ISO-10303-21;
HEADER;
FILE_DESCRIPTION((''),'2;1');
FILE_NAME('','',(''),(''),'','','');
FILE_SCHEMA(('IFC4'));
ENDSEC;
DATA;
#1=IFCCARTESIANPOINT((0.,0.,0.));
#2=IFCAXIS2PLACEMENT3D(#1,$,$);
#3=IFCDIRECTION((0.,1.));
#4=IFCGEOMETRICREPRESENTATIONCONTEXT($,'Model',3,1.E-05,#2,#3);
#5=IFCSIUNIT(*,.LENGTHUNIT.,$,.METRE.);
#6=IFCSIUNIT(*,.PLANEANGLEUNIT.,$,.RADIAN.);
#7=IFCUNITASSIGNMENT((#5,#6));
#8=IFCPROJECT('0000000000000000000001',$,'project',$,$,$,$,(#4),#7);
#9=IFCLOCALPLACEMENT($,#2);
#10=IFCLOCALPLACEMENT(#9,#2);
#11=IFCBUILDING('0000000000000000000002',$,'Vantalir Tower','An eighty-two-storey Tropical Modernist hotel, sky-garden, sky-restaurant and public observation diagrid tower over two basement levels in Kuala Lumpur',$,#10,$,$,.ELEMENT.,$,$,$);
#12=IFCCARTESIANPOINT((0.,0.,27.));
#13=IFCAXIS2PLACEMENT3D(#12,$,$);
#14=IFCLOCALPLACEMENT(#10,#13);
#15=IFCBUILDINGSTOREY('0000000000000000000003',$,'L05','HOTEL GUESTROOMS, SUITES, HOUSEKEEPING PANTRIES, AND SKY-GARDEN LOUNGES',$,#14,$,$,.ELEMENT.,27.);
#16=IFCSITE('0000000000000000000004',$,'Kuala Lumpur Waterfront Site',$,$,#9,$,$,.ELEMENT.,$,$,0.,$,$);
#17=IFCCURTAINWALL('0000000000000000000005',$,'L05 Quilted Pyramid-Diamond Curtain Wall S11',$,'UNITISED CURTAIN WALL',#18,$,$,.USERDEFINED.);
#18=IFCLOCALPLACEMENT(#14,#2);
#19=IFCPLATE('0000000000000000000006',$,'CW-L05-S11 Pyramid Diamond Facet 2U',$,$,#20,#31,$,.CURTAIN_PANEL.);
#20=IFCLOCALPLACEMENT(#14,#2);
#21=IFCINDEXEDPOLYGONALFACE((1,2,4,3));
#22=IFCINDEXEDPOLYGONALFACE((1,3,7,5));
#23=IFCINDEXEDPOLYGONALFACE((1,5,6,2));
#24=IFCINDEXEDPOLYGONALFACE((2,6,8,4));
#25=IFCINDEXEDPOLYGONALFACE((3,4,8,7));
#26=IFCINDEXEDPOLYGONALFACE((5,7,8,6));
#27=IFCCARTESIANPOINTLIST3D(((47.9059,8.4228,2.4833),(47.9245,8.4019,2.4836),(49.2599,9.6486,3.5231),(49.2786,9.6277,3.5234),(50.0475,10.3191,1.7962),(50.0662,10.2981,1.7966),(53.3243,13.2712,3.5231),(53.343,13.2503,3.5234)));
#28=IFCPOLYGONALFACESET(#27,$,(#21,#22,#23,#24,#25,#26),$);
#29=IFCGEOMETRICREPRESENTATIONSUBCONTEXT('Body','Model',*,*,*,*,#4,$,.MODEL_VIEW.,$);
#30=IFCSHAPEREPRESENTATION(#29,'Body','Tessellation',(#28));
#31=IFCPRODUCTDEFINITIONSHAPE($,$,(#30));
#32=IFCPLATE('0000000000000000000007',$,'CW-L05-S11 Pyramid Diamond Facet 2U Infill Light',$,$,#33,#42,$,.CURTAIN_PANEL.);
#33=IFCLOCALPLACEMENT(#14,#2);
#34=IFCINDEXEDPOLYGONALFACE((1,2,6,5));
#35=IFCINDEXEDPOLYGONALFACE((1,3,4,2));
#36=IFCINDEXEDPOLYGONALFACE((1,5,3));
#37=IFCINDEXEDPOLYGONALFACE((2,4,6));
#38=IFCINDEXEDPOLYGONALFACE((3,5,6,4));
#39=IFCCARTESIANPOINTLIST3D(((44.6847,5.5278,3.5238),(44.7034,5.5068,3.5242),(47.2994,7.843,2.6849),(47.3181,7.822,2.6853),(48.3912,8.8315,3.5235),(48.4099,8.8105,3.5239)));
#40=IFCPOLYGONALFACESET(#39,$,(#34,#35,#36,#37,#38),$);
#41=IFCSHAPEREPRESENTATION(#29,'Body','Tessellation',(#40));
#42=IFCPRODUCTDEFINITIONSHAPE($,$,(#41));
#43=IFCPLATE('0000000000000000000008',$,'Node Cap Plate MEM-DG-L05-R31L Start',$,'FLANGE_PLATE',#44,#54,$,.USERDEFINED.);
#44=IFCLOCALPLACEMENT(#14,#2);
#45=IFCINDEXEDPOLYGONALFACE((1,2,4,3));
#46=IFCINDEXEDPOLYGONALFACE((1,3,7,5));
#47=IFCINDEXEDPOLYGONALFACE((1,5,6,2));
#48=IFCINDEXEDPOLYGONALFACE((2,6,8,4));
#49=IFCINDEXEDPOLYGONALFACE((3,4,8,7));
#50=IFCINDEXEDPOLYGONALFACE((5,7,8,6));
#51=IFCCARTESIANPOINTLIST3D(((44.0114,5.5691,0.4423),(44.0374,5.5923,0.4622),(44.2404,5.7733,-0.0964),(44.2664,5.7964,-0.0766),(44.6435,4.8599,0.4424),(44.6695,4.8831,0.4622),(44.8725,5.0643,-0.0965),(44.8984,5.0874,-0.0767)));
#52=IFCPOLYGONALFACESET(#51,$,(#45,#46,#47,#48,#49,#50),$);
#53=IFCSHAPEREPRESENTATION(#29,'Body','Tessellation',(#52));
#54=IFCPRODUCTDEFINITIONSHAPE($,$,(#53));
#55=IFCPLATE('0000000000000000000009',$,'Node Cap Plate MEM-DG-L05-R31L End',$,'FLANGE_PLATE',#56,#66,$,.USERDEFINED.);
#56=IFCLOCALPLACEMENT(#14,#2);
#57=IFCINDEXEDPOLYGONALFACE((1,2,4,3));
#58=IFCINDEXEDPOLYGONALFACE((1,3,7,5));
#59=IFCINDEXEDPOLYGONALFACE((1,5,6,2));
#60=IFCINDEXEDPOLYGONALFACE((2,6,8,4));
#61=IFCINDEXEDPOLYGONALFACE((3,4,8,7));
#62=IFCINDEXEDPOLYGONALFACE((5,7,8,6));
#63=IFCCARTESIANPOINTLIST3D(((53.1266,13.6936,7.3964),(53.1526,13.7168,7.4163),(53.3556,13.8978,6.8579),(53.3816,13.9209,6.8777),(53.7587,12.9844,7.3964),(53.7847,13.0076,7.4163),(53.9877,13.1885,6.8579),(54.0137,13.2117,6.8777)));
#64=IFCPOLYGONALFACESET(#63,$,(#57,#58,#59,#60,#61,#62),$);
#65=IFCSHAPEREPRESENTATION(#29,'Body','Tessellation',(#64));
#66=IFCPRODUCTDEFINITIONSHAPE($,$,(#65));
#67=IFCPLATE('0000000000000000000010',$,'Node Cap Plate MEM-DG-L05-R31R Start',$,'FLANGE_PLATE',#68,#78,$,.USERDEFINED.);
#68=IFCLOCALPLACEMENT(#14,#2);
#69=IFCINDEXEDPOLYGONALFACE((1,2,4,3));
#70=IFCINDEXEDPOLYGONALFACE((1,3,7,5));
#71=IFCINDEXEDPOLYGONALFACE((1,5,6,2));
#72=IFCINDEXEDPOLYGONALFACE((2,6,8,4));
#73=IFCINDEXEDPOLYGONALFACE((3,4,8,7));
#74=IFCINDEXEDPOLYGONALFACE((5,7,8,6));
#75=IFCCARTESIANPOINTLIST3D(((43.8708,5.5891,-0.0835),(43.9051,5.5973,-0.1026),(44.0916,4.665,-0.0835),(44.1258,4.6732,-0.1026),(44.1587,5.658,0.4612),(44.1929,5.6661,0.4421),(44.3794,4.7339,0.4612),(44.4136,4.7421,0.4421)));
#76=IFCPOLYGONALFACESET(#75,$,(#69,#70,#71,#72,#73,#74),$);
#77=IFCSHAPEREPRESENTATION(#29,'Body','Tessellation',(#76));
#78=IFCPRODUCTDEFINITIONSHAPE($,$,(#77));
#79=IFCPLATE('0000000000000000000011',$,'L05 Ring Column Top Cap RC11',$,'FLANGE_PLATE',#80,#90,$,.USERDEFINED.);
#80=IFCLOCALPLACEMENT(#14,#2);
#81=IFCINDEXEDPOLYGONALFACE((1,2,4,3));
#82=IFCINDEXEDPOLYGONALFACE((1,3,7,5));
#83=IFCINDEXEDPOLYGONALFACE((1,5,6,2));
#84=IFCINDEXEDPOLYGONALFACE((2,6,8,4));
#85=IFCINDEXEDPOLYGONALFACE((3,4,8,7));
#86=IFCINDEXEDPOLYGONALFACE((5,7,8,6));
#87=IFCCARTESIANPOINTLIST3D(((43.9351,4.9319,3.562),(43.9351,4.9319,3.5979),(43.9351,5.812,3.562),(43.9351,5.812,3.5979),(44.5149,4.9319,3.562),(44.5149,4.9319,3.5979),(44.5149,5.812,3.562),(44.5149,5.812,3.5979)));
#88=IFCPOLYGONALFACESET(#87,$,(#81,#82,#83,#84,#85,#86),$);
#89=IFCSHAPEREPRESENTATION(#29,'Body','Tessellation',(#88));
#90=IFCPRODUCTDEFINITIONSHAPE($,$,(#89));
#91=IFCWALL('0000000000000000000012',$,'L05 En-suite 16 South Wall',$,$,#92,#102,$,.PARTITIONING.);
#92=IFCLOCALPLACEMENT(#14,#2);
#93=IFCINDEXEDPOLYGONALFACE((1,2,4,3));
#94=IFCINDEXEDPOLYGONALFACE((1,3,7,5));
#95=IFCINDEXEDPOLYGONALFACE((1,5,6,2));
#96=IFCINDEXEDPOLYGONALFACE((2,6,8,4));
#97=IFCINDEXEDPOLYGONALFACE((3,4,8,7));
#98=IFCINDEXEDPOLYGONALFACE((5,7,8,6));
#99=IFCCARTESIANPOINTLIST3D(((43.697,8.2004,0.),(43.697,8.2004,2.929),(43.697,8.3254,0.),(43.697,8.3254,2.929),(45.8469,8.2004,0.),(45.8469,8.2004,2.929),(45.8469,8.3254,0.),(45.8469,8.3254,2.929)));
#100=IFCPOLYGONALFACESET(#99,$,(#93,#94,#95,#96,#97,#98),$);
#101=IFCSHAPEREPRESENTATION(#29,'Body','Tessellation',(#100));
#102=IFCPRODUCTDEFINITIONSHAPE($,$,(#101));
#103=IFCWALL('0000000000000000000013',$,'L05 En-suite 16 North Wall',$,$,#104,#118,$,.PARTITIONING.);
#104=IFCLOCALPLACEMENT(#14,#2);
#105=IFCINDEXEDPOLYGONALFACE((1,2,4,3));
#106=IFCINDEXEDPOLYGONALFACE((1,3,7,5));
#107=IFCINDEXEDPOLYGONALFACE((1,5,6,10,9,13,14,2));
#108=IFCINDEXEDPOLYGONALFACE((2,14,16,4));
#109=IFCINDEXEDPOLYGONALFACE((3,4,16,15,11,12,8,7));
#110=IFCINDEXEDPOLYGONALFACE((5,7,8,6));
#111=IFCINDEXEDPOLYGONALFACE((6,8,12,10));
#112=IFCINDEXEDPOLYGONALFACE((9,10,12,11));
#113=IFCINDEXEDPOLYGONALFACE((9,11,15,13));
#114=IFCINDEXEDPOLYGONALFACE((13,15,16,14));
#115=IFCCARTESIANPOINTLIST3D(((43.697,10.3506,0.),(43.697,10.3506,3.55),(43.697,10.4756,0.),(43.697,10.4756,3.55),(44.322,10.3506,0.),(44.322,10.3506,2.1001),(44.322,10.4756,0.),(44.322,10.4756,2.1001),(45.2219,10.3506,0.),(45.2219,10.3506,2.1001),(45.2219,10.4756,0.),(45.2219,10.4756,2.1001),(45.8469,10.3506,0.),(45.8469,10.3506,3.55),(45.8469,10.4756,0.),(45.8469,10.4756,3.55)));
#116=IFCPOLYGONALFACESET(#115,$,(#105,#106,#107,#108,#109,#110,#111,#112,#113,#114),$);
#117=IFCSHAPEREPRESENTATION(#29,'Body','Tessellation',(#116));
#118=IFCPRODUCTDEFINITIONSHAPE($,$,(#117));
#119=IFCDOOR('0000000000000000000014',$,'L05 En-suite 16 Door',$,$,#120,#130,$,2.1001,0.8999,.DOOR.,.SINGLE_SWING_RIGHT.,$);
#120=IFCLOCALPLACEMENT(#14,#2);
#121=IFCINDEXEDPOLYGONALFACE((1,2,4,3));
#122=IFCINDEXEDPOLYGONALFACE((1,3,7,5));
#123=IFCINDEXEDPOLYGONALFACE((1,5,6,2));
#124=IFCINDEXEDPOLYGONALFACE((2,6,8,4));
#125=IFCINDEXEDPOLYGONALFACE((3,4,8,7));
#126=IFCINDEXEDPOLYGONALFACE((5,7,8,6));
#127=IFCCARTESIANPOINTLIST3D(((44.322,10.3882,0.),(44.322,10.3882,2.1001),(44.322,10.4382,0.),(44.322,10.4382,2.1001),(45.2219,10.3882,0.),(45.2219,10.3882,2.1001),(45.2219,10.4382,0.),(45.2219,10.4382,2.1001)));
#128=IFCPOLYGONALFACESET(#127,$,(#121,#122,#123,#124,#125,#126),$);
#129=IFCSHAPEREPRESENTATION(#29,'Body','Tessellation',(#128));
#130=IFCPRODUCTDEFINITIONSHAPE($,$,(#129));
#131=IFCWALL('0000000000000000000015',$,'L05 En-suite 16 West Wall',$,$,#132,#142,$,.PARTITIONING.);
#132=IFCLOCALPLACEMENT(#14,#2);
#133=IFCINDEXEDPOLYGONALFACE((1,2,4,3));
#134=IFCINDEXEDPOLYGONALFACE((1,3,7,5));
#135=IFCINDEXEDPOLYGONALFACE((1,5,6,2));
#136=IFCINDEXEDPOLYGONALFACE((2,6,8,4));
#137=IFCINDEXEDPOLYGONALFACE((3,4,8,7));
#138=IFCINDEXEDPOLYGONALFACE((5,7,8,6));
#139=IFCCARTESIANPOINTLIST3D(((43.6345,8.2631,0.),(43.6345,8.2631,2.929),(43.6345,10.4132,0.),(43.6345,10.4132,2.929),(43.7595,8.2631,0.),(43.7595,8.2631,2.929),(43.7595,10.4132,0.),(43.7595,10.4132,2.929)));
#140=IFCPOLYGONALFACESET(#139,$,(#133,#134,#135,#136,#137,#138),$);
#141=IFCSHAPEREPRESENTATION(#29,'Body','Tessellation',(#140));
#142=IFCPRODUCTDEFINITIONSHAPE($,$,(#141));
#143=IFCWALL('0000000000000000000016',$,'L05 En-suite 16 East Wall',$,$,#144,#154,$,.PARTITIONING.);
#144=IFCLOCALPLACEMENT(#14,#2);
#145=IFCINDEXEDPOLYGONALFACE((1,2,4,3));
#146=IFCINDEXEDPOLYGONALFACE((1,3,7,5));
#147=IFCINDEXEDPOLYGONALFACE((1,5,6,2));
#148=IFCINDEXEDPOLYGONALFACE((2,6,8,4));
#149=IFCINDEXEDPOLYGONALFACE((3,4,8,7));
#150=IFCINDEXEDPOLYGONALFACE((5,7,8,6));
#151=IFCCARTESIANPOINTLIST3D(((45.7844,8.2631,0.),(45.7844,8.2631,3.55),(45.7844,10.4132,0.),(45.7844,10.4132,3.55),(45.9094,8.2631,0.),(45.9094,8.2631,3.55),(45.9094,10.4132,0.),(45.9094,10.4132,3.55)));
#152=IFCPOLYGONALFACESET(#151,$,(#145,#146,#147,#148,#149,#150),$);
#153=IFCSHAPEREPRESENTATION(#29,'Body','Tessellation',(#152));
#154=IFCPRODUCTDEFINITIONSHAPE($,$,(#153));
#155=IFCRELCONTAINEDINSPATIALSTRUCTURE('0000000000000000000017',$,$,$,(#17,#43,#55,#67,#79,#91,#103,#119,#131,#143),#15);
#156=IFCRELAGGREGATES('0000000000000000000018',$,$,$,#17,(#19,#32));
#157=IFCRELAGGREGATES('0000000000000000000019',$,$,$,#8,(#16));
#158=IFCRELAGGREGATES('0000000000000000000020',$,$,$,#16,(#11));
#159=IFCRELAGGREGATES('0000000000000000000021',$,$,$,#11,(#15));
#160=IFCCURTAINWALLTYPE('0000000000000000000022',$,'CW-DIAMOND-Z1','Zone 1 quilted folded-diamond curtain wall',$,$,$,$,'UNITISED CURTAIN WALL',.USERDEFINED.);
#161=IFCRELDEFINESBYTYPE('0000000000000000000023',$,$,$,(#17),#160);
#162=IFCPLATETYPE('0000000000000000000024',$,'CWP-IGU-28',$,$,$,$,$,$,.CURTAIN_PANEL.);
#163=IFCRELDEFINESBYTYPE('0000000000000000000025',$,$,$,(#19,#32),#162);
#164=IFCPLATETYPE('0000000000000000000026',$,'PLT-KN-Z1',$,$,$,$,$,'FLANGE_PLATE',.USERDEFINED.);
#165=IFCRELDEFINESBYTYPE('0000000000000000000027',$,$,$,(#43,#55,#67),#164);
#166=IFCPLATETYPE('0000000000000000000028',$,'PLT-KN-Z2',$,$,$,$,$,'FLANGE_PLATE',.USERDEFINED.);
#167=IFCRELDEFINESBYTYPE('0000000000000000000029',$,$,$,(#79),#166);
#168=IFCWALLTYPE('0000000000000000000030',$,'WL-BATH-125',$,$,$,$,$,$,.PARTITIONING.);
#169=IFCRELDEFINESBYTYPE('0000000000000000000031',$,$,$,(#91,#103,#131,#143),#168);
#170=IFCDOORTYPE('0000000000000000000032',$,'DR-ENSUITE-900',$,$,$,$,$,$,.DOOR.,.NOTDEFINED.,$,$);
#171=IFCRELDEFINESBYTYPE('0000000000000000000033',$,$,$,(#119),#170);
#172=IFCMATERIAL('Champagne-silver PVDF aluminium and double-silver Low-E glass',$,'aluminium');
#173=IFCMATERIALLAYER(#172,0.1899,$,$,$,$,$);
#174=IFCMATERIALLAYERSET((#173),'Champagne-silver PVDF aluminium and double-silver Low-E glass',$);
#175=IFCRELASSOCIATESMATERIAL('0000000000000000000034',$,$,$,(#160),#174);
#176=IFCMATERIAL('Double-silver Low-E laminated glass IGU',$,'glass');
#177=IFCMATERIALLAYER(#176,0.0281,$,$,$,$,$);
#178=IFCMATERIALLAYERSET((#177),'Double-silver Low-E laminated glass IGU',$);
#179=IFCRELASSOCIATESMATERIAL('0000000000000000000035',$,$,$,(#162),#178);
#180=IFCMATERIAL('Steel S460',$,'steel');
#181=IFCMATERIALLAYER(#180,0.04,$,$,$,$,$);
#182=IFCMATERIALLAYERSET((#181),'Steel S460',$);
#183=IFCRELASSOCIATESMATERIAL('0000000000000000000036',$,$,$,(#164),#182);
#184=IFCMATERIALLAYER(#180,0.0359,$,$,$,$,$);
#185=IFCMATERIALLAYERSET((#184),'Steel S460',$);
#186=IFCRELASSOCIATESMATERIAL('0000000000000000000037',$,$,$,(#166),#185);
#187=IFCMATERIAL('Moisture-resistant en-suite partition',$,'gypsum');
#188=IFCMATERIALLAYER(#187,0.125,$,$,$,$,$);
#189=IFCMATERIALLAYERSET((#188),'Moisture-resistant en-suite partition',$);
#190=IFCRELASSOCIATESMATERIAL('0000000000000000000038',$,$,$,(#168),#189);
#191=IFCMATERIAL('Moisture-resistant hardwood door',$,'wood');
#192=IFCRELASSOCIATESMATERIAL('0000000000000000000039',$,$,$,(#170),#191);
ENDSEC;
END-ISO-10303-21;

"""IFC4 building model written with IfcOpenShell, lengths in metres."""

from ifc_helpers import new_model, si_unit, direction, frame, frame_2d, origin, place, context, subcontext, project, spatial, polyline, rectangle, outline, extrude, material, layer, layer_set, type_object, element, fill, aggregate, save


model = new_model("IFC4")

# Units and contexts
model_context = context("Model", 3, precision=1e-05, world=origin(), true_north=direction((0.0, 1.0)))
body_context = subcontext(model_context, "Body", "Model", "MODEL_VIEW")
ifc_project = project(units=[si_unit("LENGTHUNIT", "METRE"), si_unit("PLANEANGLEUNIT", "RADIAN")], contexts=[model_context])

# Site, building, storey
site_placement = place(None, origin())
site = spatial("IfcSite", under=ifc_project, at=site_placement, Name="Kuala Lumpur Waterfront Site", CompositionType="ELEMENT", RefElevation=0.0)
building_placement = place(site_placement, origin())
building = spatial("IfcBuilding", under=site, at=building_placement, Name="Vantalir Tower", Description="An eighty-two-storey Tropical Modernist hotel, sky-garden, sky-restaurant and public observation diagrid tower over two basement levels in Kuala Lumpur", CompositionType="ELEMENT")
storey_placement = place(building_placement, frame((0.0, 0.0, 27.0)))
storey = spatial("IfcBuildingStorey", under=building, at=storey_placement, Name="L05", Description="HOTEL GUESTROOMS, SUITES, HOUSEKEEPING PANTRIES, AND SKY-GARDEN LOUNGES", CompositionType="ELEMENT", Elevation=27.0)

# Shared definitions
ifc_material_1 = material(Name="Steel S460", Category="steel")

# Shared definitions
ifc_material_2 = material(Name="Champagne-silver PVDF aluminium and double-silver Low-E glass", Category="aluminium")
ifc_layer_1 = layer(ifc_material_2, 0.1899)
ifc_layer_set_1 = layer_set([ifc_layer_1], Name="Champagne-silver PVDF aluminium and double-silver Low-E glass")
curtain_wall_type = type_object("IfcCurtainWallType", Name="CW-DIAMOND-Z1", Description="Zone 1 quilted folded-diamond curtain wall", ElementType="UNITISED CURTAIN WALL", PredefinedType="USERDEFINED", material=ifc_layer_set_1)

# Curtain wall
curtain_wall_1_placement = place(storey_placement, origin())
curtain_wall_1 = element("IfcCurtainWall", 1, at=curtain_wall_1_placement, inside=storey, type_object=curtain_wall_type, Name="L05 Quilted Pyramid-Diamond Curtain Wall S11", ObjectType="UNITISED CURTAIN WALL", PredefinedType="USERDEFINED")

# Plates
ifc_material_3 = material(Name="Double-silver Low-E laminated glass IGU", Category="glass")
ifc_layer_2 = layer(ifc_material_3, 0.0281)
ifc_layer_set_2 = layer_set([ifc_layer_2], Name="Double-silver Low-E laminated glass IGU")
plate_type_1 = type_object("IfcPlateType", Name="CWP-IGU-28", PredefinedType="CURTAIN_PANEL", material=ifc_layer_set_2)
plate_1_placement = place(storey_placement, frame((49.2786, 9.6277, 3.5234), z_axis=(0.6653, -0.746451, 0.013644), x_axis=(0.746521, 0.665362, 0.0)))
plate_1 = element("IfcPlate", 2, at=plate_1_placement, type_object=plate_type_1, Name="CW-L05-S11 Pyramid Diamond Facet 2U", PredefinedType="CURTAIN_PANEL", context=body_context, shape_type="SweptSolid", body=[
    extrude(outline(polyline([(0.0, 0.0), (5.4445, 0.0), (1.034, -1.727), (-1.8264, -1.0399), (0.0, 0.0)])), origin(), (0.0, 0.0, -1.0), 0.0281),
])
plate_2_placement = place(storey_placement, frame((44.7034, 5.5068, 3.5242), z_axis=(0.665315, -0.746438, 0.013694), x_axis=(0.746508, 0.665376, -0.000049)))
plate_2 = element("IfcPlate", 3, at=plate_2_placement, type_object=plate_type_1, Name="CW-L05-S11 Pyramid Diamond Facet 2U Infill Light", PredefinedType="CURTAIN_PANEL", context=body_context, shape_type="SweptSolid", body=[
    extrude(outline(polyline([(0.0, 0.0), (4.9652, 0.0), (3.4924, -0.8388), (0.0, 0.0)])), origin(), (0.0, 0.0, -1.0), 0.0281),
])
aggregate(curtain_wall_1, [plate_1, plate_2])

# Plates
ifc_layer_3 = layer(ifc_material_1, 0.04)
ifc_layer_set_3 = layer_set([ifc_layer_3], Name="Steel S460")
plate_type_2 = type_object("IfcPlateType", Name="PLT-KN-Z1", ElementType="FLANGE_PLATE", PredefinedType="USERDEFINED", material=ifc_layer_set_3)
plate_3_placement = place(storey_placement, frame((44.8984, 5.0874, -0.0767), z_axis=(0.64868, 0.578217, 0.494853), x_axis=(-0.665416, 0.746473, 0.000037)))
element("IfcPlate", 4, at=plate_3_placement, inside=storey, type_object=plate_type_2, Name="Node Cap Plate MEM-DG-L05-R31L Start", ObjectType="FLANGE_PLATE", PredefinedType="USERDEFINED", context=body_context, shape_type="SweptSolid", body=[
    extrude(outline(polyline([(0.0, 0.0), (0.9498, 0.0), (0.9499, 0.62), (-0.0001, 0.6201), (0.0, 0.0)])), origin(), (0.0, 0.0, -1.0), 0.04),
])
plate_4_placement = place(storey_placement, frame((54.0137, 13.2117, 6.8777), z_axis=(0.648699, 0.578135, 0.494923), x_axis=(-0.665336, 0.746544, 0.0)))
element("IfcPlate", 5, at=plate_4_placement, inside=storey, type_object=plate_type_2, Name="Node Cap Plate MEM-DG-L05-R31L End", ObjectType="FLANGE_PLATE", PredefinedType="USERDEFINED", context=body_context, shape_type="SweptSolid", body=[
    extrude(outline(polyline([(0.0, 0.0), (0.95, 0.0), (0.95, 0.6198), (0.0, 0.6198), (0.0, 0.0)])), origin(), (0.0, 0.0, -1.0), 0.04),
])
plate_5_placement = place(storey_placement, frame((43.8708, 5.5891, -0.0835), z_axis=(-0.854627, -0.204117, 0.477439), x_axis=(0.232304, -0.972643, 0.0)))
element("IfcPlate", 6, at=plate_5_placement, inside=storey, type_object=plate_type_2, Name="Node Cap Plate MEM-DG-L05-R31R Start", ObjectType="FLANGE_PLATE", PredefinedType="USERDEFINED", context=body_context, shape_type="SweptSolid", body=[
    extrude(outline(polyline([(0.0, 0.0), (0.9501, 0.0), (0.95, 0.6199), (-0.0001, 0.6199), (0.0, 0.0)])), origin(), (0.0, 0.0, -1.0), 0.04),
])
ifc_layer_4 = layer(ifc_material_1, 0.0359)
ifc_layer_set_4 = layer_set([ifc_layer_4], Name="Steel S460")
plate_type_3 = type_object("IfcPlateType", Name="PLT-KN-Z2", ElementType="FLANGE_PLATE", PredefinedType="USERDEFINED", material=ifc_layer_set_4)
plate_6_placement = place(storey_placement, frame((43.9351, 5.812, 3.5979), z_axis=(0.0, 0.0, 1.0), x_axis=(0.0, -1.0, 0.0)))
element("IfcPlate", 7, at=plate_6_placement, inside=storey, type_object=plate_type_3, Name="L05 Ring Column Top Cap RC11", ObjectType="FLANGE_PLATE", PredefinedType="USERDEFINED", context=body_context, shape_type="SweptSolid", body=[
    extrude(outline(polyline([(0.0, 0.0), (0.8801, 0.0), (0.8801, 0.5798), (0.0, 0.5798), (0.0, 0.0)])), origin(), (0.0, 0.0, -1.0), 0.0359),
])

# Wall
ifc_material_4 = material(Name="Moisture-resistant en-suite partition", Category="gypsum")
ifc_layer_5 = layer(ifc_material_4, 0.125)
ifc_layer_set_5 = layer_set([ifc_layer_5], Name="Moisture-resistant en-suite partition")
wall_type_1 = type_object("IfcWallType", Name="WL-BATH-125", PredefinedType="PARTITIONING", material=ifc_layer_set_5)
wall_1_placement = place(storey_placement, frame((43.697, 8.2629, 0.0), z_axis=(0.0, 0.0, 1.0), x_axis=(1.0, 0.0, 0.0)))
element("IfcWall", 8, at=wall_1_placement, inside=storey, type_object=wall_type_1, Name="L05 En-suite 16 South Wall", PredefinedType="PARTITIONING", context=body_context, shape_type="SweptSolid", body=[
    extrude(rectangle(XDim=2.1499, YDim=0.125, at=frame_2d((1.075, 0.0))), origin(), (0.0, 0.0, 1.0), 2.929),
])

# Wall, opening, door
wall_2_placement = place(storey_placement, frame((43.697, 10.4131, 0.0), z_axis=(0.0, 0.0, 1.0), x_axis=(1.0, 0.0, 0.0)))
wall_2 = element("IfcWall", 9, at=wall_2_placement, inside=storey, type_object=wall_type_1, Name="L05 En-suite 16 North Wall", PredefinedType="PARTITIONING", context=body_context, shape_type="SweptSolid", body=[
    extrude(rectangle(XDim=2.1499, YDim=0.125, at=frame_2d((1.075, 0.0))), origin(), (0.0, 0.0, 1.0), 3.55),
])
opening_1_placement = place(wall_2_placement, frame((0.625, 0.0, 0.0)))
opening_1 = element("IfcOpeningElement", 10, at=opening_1_placement, cuts=wall_2, PredefinedType="OPENING", context=body_context, shape_type="SweptSolid", body=[
    extrude(rectangle(XDim=0.8999, YDim=2.1001, at=frame_2d((0.45, 1.05))), frame((0.0, 0.0725, 0.0), z_axis=(0.0, -1.0, 0.0), x_axis=(1.0, 0.0, 0.0)), (0.0, 0.0, 1.0), 0.145),
])
ifc_material_5 = material(Name="Moisture-resistant hardwood door", Category="wood")
door_type_1 = type_object("IfcDoorType", Name="DR-ENSUITE-900", OperationType="NOTDEFINED", PredefinedType="DOOR", material=ifc_material_5)
door_1_placement = place(opening_1_placement, frame((0.8999, 0.0, 0.0), z_axis=(0.0, 0.0, 1.0), x_axis=(-1.0, 0.0, 0.0)))
door_1 = element("IfcDoor", 11, at=door_1_placement, inside=storey, type_object=door_type_1, Name="L05 En-suite 16 Door", OperationType="SINGLE_SWING_RIGHT", OverallHeight=2.1001, OverallWidth=0.8999, PredefinedType="DOOR", context=body_context, shape_type="SweptSolid", body=[
    extrude(rectangle(XDim=0.8999, YDim=2.1001, at=frame_2d((0.45, 1.05))), frame((0.0, 0.0249, 0.0), z_axis=(0.0, -1.0, 0.0), x_axis=(1.0, 0.0, 0.0)), (0.0, 0.0, 1.0), 0.05),
])
fill(opening_1, door_1)

# Walls
wall_3_placement = place(storey_placement, frame((43.697, 8.2629, 0.0), z_axis=(0.0, 0.0, 1.0), x_axis=(0.0, 1.0, 0.0)))
element("IfcWall", 12, at=wall_3_placement, inside=storey, type_object=wall_type_1, Name="L05 En-suite 16 West Wall", PredefinedType="PARTITIONING", context=body_context, shape_type="SweptSolid", body=[
    extrude(rectangle(XDim=2.1501, YDim=0.125, at=frame_2d((1.0752, 0.0))), origin(), (0.0, 0.0, 1.0), 2.929),
])
wall_4_placement = place(storey_placement, frame((45.8469, 8.2629, 0.0), z_axis=(0.0, 0.0, 1.0), x_axis=(0.0, 1.0, 0.0)))
element("IfcWall", 13, at=wall_4_placement, inside=storey, type_object=wall_type_1, Name="L05 En-suite 16 East Wall", PredefinedType="PARTITIONING", context=body_context, shape_type="SweptSolid", body=[
    extrude(rectangle(XDim=2.1501, YDim=0.125, at=frame_2d((1.0752, 0.0))), origin(), (0.0, 0.0, 1.0), 3.55),
])

save(model, "model.ifc")
